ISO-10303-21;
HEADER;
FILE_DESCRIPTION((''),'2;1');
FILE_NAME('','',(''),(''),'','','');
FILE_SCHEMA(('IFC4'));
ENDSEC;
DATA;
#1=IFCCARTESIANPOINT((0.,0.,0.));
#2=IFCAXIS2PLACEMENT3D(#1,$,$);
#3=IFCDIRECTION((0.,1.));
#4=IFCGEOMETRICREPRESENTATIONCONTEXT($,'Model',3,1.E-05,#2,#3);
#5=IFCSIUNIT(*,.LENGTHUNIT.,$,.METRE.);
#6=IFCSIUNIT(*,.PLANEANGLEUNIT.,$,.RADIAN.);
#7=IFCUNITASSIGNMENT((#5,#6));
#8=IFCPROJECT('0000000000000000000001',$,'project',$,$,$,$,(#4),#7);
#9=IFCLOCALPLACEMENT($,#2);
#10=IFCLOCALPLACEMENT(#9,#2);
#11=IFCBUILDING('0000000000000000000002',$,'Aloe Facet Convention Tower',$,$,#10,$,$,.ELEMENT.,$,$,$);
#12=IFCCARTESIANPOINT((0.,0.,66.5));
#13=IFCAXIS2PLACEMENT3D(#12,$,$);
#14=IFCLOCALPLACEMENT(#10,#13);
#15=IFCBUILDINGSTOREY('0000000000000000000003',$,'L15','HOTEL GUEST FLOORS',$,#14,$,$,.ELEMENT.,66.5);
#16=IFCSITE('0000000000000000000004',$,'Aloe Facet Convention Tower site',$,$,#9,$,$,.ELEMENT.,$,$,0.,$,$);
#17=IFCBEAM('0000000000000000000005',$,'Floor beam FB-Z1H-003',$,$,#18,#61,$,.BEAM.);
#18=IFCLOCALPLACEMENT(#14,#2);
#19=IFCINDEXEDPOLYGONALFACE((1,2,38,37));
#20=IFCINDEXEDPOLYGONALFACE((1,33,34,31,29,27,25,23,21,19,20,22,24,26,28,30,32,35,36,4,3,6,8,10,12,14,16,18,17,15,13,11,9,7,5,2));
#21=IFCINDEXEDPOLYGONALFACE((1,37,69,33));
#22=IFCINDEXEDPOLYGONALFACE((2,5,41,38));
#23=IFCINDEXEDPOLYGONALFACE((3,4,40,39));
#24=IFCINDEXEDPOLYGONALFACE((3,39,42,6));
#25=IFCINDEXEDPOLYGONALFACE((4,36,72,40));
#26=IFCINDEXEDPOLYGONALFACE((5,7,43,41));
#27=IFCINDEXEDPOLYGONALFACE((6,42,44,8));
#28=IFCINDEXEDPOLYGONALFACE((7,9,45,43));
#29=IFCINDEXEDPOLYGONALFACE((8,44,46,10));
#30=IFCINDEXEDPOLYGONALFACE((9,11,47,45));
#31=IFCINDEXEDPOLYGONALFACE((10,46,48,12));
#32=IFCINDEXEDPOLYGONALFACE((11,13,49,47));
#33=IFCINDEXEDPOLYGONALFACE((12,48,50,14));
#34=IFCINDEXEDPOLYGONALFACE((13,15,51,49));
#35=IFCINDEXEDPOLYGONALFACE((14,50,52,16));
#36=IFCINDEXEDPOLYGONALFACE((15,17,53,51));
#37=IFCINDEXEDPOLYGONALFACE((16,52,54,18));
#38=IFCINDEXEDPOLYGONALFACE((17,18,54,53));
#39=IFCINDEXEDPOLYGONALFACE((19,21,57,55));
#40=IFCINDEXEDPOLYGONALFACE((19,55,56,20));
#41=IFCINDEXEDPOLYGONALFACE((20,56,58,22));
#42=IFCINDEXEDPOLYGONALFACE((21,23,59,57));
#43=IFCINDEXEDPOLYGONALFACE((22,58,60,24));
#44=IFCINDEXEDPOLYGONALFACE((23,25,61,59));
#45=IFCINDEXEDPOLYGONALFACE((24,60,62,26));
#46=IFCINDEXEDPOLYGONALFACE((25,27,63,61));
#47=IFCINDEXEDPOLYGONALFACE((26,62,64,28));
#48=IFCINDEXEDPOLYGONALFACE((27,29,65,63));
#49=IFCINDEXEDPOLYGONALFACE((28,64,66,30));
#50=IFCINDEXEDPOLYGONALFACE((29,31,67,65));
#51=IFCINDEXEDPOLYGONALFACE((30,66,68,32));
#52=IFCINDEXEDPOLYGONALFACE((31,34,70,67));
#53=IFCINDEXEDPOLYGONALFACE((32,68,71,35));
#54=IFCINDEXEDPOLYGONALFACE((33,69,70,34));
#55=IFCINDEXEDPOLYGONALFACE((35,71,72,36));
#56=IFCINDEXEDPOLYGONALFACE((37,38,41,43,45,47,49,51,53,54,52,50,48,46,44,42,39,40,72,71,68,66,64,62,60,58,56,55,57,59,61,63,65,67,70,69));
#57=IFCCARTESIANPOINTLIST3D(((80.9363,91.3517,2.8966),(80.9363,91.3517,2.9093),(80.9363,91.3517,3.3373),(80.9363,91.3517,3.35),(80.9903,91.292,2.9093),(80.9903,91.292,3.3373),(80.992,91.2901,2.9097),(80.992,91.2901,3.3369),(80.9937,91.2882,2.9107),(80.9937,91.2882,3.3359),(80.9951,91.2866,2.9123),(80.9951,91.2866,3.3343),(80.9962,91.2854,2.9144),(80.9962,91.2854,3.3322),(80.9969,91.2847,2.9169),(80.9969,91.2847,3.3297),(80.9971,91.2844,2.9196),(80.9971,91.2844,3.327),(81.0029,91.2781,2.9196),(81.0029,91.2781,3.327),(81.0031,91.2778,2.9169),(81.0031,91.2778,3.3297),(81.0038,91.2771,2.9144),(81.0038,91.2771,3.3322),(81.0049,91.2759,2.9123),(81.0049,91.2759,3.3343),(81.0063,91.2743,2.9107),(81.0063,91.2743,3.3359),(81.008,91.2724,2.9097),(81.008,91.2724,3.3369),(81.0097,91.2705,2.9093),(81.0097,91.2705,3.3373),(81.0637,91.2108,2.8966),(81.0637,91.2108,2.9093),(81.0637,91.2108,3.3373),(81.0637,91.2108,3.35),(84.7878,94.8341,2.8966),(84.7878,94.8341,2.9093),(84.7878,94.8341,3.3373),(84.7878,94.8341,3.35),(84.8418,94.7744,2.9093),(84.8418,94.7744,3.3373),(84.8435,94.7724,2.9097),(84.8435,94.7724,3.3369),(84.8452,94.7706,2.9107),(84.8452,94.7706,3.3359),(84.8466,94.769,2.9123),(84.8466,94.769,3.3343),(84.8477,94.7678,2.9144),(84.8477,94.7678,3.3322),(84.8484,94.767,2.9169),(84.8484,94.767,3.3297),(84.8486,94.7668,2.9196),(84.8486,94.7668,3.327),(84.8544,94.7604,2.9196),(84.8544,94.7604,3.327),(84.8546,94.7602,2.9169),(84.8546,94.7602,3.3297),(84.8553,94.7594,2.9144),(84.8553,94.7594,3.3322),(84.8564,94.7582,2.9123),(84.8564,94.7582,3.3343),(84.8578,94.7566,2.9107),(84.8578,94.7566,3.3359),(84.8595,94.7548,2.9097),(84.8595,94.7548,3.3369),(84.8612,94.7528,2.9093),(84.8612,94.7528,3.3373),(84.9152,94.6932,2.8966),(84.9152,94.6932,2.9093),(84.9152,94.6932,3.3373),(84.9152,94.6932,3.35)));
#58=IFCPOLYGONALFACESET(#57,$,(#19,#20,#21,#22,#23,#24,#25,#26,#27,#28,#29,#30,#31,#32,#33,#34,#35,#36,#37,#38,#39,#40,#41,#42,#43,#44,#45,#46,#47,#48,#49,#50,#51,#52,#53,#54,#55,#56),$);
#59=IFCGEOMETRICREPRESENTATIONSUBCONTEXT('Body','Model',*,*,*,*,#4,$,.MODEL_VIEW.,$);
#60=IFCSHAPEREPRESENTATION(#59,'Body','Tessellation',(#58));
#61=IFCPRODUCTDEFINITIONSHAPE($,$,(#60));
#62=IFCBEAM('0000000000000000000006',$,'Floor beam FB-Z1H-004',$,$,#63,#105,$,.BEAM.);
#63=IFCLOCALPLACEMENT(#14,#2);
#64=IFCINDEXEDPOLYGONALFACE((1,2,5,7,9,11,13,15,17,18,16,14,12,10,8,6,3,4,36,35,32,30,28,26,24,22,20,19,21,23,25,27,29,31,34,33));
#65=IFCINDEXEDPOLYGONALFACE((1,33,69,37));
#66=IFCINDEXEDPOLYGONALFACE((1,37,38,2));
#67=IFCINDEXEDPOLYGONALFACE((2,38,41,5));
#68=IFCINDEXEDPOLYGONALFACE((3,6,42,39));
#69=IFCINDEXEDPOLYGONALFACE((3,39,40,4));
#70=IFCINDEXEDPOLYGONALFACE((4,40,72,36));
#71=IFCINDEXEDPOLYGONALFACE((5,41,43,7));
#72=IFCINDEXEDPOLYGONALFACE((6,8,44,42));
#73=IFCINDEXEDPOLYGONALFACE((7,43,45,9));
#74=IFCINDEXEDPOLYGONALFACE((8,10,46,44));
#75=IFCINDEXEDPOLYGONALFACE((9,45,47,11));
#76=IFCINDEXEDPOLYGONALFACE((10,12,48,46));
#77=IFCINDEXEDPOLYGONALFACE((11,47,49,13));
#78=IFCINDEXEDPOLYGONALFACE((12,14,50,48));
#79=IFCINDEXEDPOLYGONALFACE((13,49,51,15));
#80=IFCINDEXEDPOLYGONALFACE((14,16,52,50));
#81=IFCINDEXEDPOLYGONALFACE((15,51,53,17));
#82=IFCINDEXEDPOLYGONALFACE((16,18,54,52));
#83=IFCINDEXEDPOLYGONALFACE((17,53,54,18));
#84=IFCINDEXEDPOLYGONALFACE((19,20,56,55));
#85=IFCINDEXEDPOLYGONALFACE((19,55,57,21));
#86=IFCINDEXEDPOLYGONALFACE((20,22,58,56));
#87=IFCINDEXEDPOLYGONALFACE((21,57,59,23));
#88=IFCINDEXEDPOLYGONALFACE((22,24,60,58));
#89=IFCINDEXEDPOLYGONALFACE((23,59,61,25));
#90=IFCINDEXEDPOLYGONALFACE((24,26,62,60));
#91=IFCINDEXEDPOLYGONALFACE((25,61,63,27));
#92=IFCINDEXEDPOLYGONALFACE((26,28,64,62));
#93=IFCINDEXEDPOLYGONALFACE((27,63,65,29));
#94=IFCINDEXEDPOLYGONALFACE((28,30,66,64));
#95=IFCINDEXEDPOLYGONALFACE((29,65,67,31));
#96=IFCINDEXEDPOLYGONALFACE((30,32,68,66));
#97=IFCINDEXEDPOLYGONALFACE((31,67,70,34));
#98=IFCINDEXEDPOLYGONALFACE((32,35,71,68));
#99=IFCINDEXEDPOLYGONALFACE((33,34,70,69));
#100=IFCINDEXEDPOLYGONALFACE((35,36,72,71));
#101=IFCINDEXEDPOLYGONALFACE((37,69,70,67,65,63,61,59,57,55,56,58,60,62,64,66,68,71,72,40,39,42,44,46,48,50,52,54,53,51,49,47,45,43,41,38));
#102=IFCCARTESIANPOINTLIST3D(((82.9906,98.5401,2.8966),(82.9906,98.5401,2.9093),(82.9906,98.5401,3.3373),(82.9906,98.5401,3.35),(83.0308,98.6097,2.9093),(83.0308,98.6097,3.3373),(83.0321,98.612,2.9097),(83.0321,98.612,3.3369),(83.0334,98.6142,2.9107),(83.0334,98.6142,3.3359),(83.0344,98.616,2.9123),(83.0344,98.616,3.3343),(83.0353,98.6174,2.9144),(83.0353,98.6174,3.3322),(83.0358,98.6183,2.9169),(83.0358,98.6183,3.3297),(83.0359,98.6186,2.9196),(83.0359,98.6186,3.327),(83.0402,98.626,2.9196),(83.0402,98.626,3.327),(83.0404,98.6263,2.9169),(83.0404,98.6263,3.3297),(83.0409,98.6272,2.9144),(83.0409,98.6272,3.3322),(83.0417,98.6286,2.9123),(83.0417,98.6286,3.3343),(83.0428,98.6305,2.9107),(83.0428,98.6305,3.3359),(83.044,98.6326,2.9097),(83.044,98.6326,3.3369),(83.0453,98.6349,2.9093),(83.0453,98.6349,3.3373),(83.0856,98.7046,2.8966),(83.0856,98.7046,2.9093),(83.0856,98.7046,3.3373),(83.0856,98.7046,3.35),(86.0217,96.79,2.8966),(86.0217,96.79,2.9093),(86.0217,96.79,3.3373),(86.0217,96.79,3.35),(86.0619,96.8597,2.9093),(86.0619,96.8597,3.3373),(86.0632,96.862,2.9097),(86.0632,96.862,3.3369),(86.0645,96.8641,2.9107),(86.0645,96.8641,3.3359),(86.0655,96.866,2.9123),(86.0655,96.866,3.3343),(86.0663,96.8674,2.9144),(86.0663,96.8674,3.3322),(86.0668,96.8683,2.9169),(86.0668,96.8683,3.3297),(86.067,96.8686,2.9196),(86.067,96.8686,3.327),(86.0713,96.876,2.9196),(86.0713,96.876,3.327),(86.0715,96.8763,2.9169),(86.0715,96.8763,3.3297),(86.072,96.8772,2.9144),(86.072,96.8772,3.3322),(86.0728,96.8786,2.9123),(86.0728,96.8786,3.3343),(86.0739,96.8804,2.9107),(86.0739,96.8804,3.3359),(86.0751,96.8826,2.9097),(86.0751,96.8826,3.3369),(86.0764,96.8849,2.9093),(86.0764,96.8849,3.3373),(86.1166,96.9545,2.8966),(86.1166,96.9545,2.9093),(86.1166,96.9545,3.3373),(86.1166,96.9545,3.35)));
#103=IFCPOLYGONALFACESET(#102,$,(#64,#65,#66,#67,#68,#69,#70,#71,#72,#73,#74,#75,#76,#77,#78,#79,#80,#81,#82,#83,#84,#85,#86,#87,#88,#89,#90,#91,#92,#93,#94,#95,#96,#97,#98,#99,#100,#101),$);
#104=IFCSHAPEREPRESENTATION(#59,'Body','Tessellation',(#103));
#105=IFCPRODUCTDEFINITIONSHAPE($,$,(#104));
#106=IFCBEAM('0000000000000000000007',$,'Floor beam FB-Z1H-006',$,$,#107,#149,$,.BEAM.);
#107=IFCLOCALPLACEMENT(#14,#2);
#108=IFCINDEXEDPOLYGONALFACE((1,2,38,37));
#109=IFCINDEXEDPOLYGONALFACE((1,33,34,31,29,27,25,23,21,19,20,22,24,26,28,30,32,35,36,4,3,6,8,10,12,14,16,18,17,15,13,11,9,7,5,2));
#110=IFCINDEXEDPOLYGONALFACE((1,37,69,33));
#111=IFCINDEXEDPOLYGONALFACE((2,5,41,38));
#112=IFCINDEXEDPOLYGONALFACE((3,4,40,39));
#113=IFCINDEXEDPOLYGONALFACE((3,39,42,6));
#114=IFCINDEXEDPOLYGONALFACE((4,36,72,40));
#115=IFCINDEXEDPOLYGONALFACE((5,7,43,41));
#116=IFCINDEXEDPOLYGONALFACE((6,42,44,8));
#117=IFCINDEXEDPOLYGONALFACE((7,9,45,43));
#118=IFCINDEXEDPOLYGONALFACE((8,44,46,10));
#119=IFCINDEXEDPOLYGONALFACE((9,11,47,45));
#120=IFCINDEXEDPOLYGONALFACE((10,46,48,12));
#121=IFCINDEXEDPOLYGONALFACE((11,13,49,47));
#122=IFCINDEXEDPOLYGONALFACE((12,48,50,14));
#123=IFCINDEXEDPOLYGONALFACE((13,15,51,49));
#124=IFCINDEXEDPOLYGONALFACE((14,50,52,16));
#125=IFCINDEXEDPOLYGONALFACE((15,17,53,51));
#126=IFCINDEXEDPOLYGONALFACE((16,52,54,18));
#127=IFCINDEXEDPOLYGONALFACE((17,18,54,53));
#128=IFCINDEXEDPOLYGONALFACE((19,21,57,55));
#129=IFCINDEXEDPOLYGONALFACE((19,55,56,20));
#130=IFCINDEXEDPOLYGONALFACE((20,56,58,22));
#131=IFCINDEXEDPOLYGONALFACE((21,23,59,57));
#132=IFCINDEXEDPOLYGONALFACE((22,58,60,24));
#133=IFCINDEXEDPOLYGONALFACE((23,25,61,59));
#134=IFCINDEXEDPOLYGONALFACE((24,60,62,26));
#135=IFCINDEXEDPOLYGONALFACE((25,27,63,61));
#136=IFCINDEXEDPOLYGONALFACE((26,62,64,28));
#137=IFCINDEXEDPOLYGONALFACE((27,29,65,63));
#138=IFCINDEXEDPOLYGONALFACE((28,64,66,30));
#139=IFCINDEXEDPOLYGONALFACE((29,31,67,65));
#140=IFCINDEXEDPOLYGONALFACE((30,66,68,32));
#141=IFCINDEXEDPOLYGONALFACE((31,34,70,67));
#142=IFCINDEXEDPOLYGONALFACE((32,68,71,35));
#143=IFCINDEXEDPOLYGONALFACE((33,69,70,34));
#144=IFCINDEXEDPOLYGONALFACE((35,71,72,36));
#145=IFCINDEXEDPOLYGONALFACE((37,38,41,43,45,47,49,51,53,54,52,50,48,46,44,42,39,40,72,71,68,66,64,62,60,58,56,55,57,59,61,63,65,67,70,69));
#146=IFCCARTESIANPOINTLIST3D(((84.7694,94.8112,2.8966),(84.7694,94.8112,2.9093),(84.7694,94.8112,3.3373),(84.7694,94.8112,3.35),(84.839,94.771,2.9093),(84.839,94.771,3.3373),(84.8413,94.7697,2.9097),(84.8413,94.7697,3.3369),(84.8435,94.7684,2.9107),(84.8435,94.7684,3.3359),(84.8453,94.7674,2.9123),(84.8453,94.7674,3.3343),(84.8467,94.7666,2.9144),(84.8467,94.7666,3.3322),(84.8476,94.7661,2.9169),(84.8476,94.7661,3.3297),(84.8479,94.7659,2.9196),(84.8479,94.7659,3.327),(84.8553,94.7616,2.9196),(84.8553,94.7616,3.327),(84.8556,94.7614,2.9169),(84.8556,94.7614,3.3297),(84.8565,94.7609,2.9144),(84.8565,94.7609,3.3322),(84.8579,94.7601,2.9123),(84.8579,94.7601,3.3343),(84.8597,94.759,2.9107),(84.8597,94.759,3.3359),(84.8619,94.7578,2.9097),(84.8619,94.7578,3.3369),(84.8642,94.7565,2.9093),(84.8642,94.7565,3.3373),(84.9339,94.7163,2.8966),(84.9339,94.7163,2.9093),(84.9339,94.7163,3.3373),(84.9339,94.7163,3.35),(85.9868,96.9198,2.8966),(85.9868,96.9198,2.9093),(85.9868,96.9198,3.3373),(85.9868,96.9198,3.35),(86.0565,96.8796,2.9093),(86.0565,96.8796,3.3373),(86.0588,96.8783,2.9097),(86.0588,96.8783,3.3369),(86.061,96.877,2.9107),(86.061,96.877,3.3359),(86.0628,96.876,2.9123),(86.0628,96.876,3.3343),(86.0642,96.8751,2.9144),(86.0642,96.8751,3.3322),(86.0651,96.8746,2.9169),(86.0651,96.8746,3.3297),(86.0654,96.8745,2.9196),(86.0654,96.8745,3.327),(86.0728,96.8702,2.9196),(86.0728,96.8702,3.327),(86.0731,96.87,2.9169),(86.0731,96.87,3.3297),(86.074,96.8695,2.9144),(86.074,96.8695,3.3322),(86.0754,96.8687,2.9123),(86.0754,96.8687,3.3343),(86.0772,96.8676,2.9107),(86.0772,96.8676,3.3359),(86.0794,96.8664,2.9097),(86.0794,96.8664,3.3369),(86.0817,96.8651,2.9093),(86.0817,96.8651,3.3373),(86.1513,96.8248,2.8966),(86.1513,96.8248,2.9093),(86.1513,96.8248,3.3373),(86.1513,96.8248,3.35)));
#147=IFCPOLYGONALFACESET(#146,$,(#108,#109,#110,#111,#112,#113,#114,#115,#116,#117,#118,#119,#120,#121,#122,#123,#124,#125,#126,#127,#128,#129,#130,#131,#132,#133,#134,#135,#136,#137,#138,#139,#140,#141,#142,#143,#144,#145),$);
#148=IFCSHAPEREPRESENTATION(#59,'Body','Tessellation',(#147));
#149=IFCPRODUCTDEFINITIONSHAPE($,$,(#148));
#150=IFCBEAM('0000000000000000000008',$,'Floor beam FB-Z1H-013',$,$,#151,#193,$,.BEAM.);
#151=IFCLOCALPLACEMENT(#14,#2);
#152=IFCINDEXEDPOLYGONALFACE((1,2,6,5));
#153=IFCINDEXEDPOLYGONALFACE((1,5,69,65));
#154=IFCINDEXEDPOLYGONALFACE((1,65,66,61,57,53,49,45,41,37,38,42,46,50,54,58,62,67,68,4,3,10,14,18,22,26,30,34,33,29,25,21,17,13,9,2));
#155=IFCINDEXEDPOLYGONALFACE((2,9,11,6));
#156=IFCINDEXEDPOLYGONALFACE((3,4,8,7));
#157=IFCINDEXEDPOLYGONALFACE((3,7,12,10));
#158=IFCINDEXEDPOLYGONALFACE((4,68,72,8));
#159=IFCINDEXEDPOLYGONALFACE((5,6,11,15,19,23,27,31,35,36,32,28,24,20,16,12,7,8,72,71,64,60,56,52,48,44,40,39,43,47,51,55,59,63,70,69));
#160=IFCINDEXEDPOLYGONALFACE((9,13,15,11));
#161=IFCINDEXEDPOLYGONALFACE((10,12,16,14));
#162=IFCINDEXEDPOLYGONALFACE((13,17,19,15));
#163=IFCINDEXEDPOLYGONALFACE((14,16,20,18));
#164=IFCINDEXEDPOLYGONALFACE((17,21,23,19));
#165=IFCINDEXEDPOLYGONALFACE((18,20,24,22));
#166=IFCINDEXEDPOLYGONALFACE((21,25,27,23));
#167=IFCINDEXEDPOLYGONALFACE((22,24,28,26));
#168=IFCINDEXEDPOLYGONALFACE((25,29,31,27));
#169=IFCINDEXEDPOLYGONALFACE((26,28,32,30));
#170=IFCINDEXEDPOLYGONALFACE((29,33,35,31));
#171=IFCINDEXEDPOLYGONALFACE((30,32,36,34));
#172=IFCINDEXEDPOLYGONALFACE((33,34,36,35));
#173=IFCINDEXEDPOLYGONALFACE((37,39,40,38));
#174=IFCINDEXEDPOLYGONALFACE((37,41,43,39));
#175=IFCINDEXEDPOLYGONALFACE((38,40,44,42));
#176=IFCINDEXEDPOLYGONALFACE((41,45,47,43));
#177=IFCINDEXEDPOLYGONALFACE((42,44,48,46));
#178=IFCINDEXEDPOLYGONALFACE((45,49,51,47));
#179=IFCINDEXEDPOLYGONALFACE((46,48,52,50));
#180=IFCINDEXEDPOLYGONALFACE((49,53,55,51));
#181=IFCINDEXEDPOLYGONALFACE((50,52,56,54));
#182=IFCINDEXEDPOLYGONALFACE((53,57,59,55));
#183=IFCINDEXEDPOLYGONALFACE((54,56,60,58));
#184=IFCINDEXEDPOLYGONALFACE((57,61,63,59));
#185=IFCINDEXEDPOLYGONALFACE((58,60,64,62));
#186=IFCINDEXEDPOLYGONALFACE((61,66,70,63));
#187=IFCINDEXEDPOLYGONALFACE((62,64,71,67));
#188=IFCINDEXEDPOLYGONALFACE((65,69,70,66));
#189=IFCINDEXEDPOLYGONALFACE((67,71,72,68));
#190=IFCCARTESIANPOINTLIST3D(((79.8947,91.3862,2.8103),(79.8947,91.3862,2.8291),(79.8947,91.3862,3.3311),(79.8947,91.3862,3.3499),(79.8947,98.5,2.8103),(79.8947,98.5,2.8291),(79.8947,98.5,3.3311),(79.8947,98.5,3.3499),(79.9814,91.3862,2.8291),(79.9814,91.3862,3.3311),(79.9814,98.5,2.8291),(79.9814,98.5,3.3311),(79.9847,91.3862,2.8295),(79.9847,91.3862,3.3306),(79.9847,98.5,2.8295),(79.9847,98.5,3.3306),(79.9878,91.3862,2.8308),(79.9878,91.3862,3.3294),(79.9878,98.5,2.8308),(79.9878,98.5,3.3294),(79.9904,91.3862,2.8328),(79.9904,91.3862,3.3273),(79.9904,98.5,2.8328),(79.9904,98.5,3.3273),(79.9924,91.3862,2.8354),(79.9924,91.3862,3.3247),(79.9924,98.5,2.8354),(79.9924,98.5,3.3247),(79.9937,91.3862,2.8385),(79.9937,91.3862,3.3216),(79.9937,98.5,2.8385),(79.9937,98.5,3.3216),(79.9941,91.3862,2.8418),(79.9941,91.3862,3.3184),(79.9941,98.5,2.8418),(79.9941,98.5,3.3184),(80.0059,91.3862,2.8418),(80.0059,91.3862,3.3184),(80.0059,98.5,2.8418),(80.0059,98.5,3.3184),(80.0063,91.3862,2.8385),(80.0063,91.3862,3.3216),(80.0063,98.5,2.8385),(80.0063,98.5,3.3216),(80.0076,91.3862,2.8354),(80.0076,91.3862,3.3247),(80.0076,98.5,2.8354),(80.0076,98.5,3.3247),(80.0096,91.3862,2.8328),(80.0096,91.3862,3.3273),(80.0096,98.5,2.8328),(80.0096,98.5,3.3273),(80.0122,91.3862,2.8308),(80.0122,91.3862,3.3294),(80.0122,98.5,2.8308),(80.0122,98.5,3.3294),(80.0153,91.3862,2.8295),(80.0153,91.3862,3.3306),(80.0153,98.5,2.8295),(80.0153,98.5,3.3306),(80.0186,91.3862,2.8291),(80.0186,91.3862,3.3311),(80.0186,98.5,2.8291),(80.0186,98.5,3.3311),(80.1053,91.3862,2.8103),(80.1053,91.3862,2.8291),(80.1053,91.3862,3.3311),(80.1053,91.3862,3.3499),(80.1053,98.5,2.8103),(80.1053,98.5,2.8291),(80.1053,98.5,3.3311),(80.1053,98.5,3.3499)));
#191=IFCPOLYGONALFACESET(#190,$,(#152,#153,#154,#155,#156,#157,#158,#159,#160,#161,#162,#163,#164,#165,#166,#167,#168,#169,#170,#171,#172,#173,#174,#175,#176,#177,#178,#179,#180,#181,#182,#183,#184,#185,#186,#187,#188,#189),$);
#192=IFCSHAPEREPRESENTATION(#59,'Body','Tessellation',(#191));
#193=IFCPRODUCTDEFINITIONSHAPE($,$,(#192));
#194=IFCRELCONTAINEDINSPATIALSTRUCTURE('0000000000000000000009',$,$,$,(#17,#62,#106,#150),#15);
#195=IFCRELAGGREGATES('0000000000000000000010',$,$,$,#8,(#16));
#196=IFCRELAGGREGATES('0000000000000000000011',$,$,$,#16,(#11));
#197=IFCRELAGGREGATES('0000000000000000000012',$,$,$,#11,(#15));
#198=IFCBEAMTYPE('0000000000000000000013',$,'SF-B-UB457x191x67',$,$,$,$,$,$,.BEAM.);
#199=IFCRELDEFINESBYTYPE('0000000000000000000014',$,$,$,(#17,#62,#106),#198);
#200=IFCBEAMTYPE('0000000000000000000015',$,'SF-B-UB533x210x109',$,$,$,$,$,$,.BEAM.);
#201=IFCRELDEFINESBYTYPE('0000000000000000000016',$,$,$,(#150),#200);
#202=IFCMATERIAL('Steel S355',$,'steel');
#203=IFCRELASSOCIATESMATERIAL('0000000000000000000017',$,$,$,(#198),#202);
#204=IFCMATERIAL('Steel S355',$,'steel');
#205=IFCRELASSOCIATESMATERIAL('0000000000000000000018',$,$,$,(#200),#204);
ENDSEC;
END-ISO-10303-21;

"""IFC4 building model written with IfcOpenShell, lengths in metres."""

from ifc_helpers import new_model, si_unit, direction, frame, origin, origin_2d, place, context, subcontext, project, spatial, i_section, extrude, material, material_profile, profile_set, type_object, element, save


model = new_model("IFC4")

# Units and contexts
model_context = context("Model", 3, precision=1e-05, world=origin(), true_north=direction((0.0, 1.0)))
body_context = subcontext(model_context, "Body", "Model", "MODEL_VIEW")
ifc_project = project(units=[si_unit("LENGTHUNIT", "METRE"), si_unit("PLANEANGLEUNIT", "RADIAN")], contexts=[model_context])

# Site, building, storey
site_placement = place(None, origin())
site = spatial("IfcSite", under=ifc_project, at=site_placement, Name="Aloe Facet Convention Tower site", CompositionType="ELEMENT", RefElevation=0.0)
building_placement = place(site_placement, origin())
building = spatial("IfcBuilding", under=site, at=building_placement, Name="Aloe Facet Convention Tower", CompositionType="ELEMENT")
storey_placement = place(building_placement, frame((0.0, 0.0, 66.5)))
storey = spatial("IfcBuildingStorey", under=building, at=storey_placement, Name="L15", Description="HOTEL GUEST FLOORS", CompositionType="ELEMENT", Elevation=66.5)

# Beams
ifc_material_1 = material(Name="Steel S355", Category="steel")
ifc_material_profile_1 = material_profile(ifc_material_1, i_section(OverallWidth=0.1899, OverallDepth=0.4534, WebThickness=0.0085, FlangeThickness=0.0127, FilletRadius=0.0103, at=origin_2d()), Name="UB 457x191x67")
ifc_profile_set_1 = profile_set([ifc_material_profile_1], Name="Steel S355")
beam_type_1 = type_object("IfcBeamType", Name="SF-B-UB457x191x67", PredefinedType="BEAM", material=ifc_profile_set_1)
beam_1_placement = place(storey_placement, frame((81.0, 91.2812, 3.1233), z_axis=(0.741759, 0.670667, 0.0), x_axis=(-0.670667, 0.741759, 0.0)))
element("IfcBeam", 1, at=beam_1_placement, inside=storey, type_object=beam_type_1, Name="Floor beam FB-Z1H-003", PredefinedType="BEAM", context=body_context, shape_type="SweptSolid", body=[
    extrude(i_section(OverallWidth=0.1899, OverallDepth=0.4534, WebThickness=0.0085, FlangeThickness=0.0127, FilletRadius=0.0103, at=origin_2d()), origin(), (0.0, 0.0, 1.0), 5.1924),
])
beam_2_placement = place(storey_placement, frame((83.0381, 98.6223, 3.1233), z_axis=(0.866019, -0.50001, 0.0), x_axis=(0.50001, 0.866019, 0.0)))
element("IfcBeam", 2, at=beam_2_placement, inside=storey, type_object=beam_type_1, Name="Floor beam FB-Z1H-004", PredefinedType="BEAM", context=body_context, shape_type="SweptSolid", body=[
    extrude(i_section(OverallWidth=0.1899, OverallDepth=0.4534, WebThickness=0.0085, FlangeThickness=0.0127, FilletRadius=0.0103, at=origin_2d()), origin(), (0.0, 0.0, 1.0), 3.5),
])
beam_3_placement = place(storey_placement, frame((86.0691, 96.8723, 3.1233), z_axis=(-0.500032, -0.866007, 0.0), x_axis=(0.866007, -0.500032, 0.0)))
element("IfcBeam", 3, at=beam_3_placement, inside=storey, type_object=beam_type_1, Name="Floor beam FB-Z1H-006", PredefinedType="BEAM", context=body_context, shape_type="SweptSolid", body=[
    extrude(i_section(OverallWidth=0.1899, OverallDepth=0.4534, WebThickness=0.0085, FlangeThickness=0.0127, FilletRadius=0.0103, at=origin_2d()), origin(), (0.0, 0.0, 1.0), 2.4348),
])
ifc_material_2 = material(Name="Steel S355", Category="steel")
ifc_material_profile_2 = material_profile(ifc_material_2, i_section(OverallWidth=0.2107, OverallDepth=0.5396, WebThickness=0.0117, FlangeThickness=0.0188, FilletRadius=0.0127, at=origin_2d()), Name="UB 533x210x109")
ifc_profile_set_2 = profile_set([ifc_material_profile_2], Name="Steel S355")
beam_type_2 = type_object("IfcBeamType", Name="SF-B-UB533x210x109", PredefinedType="BEAM", material=ifc_profile_set_2)
beam_4_placement = place(storey_placement, frame((80.0, 98.5, 3.0801), z_axis=(0.0, -1.0, 0.0), x_axis=(1.0, 0.0, 0.0)))
element("IfcBeam", 4, at=beam_4_placement, inside=storey, type_object=beam_type_2, Name="Floor beam FB-Z1H-013", PredefinedType="BEAM", context=body_context, shape_type="SweptSolid", body=[
    extrude(i_section(OverallWidth=0.2107, OverallDepth=0.5396, WebThickness=0.0117, FlangeThickness=0.0188, FilletRadius=0.0127, at=origin_2d()), origin(), (0.0, 0.0, 1.0), 7.1138),
])

save(model, "model.ifc")
